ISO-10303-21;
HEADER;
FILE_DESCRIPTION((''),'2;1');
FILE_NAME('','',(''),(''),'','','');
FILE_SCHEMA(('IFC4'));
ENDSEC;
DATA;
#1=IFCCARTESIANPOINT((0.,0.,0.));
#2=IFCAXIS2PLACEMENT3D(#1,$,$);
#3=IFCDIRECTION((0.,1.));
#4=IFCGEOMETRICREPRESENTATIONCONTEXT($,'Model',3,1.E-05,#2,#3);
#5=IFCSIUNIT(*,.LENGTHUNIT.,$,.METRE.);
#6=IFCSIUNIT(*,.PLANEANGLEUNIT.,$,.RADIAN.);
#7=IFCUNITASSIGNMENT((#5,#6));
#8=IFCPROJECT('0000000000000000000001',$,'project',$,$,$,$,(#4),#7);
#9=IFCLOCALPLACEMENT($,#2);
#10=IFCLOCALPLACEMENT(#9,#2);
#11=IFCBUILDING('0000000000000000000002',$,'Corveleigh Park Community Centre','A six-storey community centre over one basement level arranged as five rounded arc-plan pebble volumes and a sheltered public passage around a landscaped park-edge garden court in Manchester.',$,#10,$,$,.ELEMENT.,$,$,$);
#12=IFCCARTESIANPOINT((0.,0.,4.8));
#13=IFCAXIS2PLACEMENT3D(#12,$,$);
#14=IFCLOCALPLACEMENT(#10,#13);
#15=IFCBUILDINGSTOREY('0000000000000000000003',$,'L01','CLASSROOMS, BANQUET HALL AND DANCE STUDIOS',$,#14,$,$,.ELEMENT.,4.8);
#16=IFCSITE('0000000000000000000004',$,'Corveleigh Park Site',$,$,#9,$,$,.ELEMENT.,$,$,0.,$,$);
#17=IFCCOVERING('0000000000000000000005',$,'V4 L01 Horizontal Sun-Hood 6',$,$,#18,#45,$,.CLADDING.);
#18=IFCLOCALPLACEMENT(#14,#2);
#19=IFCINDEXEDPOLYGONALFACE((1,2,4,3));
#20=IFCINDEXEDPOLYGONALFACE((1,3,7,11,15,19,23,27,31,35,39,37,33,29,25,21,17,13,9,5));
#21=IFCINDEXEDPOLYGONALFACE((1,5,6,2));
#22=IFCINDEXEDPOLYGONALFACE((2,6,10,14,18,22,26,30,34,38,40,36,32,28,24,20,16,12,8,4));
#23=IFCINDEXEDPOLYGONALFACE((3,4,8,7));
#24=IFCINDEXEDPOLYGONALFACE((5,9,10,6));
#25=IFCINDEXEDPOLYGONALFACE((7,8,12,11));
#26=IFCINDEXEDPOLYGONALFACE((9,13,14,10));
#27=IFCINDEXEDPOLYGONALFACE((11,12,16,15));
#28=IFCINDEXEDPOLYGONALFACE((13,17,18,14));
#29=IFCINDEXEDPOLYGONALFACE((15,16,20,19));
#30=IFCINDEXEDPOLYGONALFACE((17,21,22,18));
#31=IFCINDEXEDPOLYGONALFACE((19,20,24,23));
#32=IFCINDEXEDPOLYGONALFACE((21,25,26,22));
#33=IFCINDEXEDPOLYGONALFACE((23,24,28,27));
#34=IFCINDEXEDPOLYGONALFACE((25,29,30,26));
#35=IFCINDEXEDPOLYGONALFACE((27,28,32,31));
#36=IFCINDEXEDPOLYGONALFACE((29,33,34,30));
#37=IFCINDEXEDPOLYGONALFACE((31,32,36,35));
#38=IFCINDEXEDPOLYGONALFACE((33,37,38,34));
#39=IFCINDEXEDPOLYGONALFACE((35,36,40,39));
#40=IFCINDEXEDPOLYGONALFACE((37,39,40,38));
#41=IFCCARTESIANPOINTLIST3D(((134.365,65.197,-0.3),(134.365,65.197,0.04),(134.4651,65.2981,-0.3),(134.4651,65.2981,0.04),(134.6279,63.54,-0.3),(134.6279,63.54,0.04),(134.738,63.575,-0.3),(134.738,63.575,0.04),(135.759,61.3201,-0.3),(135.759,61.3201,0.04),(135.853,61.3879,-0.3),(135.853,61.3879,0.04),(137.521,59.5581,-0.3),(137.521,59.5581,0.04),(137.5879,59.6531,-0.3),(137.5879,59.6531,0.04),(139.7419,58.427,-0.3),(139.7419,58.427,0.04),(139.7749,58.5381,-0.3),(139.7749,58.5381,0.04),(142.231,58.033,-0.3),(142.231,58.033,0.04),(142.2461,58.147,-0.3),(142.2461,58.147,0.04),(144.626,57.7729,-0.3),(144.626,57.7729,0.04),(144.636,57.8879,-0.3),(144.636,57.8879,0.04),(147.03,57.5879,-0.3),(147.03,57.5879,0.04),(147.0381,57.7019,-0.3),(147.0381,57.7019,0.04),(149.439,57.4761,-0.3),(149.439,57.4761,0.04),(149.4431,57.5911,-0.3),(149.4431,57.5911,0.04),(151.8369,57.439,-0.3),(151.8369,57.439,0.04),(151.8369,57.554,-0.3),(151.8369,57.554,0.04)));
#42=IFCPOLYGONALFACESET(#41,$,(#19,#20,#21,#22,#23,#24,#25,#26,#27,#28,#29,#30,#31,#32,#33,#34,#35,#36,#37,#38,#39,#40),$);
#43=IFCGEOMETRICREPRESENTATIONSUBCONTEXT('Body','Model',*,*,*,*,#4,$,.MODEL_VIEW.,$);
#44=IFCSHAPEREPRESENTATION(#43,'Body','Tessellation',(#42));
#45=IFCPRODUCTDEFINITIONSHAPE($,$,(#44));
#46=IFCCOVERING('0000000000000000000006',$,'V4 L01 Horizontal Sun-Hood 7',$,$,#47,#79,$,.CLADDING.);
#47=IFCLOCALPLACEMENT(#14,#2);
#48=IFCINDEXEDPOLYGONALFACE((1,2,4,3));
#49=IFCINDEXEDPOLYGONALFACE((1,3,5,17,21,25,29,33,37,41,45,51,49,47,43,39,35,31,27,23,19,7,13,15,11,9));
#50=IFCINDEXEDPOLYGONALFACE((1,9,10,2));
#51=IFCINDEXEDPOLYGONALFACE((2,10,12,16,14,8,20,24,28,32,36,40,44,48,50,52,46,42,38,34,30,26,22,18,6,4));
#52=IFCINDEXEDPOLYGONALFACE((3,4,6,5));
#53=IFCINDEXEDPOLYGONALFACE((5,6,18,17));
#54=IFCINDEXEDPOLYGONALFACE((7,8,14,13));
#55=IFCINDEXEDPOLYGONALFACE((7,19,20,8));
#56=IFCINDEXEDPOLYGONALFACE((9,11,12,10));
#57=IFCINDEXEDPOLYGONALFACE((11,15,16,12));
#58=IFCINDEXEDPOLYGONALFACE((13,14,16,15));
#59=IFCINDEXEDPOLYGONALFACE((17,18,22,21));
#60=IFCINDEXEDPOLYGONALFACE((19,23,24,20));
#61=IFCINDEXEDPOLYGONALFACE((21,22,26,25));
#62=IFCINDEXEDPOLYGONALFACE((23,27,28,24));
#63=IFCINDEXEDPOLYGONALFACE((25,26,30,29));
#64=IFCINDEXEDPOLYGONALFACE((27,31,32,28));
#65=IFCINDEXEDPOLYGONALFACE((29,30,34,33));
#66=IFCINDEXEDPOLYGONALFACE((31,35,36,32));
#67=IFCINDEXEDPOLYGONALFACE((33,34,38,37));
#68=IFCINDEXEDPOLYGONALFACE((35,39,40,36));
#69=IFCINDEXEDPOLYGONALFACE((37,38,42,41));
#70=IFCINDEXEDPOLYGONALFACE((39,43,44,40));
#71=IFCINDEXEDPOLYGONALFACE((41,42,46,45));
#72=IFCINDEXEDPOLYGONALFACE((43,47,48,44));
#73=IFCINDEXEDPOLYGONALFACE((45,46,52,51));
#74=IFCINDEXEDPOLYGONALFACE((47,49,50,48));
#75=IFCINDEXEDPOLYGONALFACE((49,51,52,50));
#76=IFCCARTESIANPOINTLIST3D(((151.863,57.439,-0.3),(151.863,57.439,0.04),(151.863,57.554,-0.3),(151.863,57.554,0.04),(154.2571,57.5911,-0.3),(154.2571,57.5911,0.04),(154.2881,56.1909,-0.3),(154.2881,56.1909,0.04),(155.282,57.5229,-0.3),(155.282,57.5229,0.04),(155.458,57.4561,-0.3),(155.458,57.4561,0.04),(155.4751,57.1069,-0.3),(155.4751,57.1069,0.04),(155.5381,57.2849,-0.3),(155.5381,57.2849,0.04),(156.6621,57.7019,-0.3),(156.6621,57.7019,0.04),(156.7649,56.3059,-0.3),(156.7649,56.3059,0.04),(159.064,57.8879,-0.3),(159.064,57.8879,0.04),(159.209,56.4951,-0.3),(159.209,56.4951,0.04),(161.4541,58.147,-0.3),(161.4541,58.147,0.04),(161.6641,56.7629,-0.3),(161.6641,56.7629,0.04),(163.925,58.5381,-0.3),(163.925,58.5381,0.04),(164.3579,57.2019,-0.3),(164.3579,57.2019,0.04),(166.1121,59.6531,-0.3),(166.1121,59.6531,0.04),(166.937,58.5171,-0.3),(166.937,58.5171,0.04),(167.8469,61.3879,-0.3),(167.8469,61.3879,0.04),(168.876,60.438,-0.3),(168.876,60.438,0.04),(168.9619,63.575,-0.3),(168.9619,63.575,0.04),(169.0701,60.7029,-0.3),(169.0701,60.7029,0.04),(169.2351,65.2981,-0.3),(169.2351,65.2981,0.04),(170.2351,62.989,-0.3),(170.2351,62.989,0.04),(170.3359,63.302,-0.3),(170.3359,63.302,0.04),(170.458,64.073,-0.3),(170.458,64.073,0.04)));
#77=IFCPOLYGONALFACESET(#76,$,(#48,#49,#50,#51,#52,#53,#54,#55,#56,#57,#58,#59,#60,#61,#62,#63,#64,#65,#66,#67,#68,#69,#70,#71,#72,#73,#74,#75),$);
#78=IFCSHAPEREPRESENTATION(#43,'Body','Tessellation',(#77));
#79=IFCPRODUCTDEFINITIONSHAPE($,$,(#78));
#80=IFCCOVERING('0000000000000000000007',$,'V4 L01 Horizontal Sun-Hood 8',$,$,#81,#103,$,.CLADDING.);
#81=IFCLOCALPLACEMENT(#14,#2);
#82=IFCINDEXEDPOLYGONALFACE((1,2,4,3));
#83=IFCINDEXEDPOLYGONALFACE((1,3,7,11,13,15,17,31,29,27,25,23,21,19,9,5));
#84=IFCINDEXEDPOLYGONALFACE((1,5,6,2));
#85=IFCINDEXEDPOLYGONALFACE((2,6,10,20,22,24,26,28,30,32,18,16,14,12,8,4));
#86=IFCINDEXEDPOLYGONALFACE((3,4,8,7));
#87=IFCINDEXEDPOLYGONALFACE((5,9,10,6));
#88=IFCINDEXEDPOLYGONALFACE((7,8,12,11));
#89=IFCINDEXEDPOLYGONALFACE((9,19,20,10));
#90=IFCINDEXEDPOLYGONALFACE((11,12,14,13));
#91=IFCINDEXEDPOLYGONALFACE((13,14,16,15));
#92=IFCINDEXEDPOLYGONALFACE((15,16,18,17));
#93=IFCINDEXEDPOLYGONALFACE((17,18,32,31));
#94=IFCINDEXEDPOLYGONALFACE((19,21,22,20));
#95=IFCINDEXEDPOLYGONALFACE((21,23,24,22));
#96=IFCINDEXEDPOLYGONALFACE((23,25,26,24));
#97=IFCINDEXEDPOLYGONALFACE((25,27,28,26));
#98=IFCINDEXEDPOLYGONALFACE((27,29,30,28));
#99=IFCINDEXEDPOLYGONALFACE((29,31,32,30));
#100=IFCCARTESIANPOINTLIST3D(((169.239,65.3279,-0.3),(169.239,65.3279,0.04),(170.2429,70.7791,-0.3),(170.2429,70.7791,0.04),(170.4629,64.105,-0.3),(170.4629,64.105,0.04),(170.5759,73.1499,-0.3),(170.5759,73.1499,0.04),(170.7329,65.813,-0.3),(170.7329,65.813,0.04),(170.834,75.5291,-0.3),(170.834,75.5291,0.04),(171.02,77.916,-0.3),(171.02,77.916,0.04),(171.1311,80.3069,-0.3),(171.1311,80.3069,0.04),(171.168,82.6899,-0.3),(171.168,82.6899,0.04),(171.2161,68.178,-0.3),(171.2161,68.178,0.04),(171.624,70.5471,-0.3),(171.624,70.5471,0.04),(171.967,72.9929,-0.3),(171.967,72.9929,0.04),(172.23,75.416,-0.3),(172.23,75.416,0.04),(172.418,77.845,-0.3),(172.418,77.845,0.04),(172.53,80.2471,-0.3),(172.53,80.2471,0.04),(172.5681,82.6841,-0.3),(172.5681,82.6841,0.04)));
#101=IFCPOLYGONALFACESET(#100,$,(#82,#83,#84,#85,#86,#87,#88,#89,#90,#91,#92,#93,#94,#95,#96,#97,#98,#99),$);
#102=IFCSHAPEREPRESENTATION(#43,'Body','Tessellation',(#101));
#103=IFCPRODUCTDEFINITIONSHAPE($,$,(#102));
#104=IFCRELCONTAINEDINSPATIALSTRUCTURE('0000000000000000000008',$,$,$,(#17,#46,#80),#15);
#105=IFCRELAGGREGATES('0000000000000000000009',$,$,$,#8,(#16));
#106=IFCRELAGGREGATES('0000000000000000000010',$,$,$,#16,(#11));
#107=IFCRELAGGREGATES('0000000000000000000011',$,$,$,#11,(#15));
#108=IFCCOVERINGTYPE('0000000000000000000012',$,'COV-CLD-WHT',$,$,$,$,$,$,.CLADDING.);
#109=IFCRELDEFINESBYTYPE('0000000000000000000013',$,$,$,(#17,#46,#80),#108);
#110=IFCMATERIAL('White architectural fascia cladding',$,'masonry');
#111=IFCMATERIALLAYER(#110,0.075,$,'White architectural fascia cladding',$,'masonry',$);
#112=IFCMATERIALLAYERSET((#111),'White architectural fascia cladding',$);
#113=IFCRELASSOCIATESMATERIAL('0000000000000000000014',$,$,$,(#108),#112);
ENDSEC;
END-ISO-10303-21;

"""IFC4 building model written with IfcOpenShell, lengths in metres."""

from ifc_helpers import new_model, si_unit, direction, frame, origin, place, context, subcontext, project, spatial, polyline, outline, extrude, material, layer, layer_set, type_object, element, save


model = new_model("IFC4")

# Units and contexts
model_context = context("Model", 3, precision=1e-05, world=origin(), true_north=direction((0.0, 1.0)))
body_context = subcontext(model_context, "Body", "Model", "MODEL_VIEW")
ifc_project = project(units=[si_unit("LENGTHUNIT", "METRE"), si_unit("PLANEANGLEUNIT", "RADIAN")], contexts=[model_context])

# Site, building, storey
site_placement = place(None, origin())
site = spatial("IfcSite", under=ifc_project, at=site_placement, Name="Corveleigh Park Site", CompositionType="ELEMENT", RefElevation=0.0)
building_placement = place(site_placement, origin())
building = spatial("IfcBuilding", under=site, at=building_placement, Name="Corveleigh Park Community Centre", Description="A six-storey community centre over one basement level arranged as five rounded arc-plan pebble volumes and a sheltered public passage around a landscaped park-edge garden court in Manchester.", CompositionType="ELEMENT")
storey_placement = place(building_placement, frame((0.0, 0.0, 4.8)))
storey = spatial("IfcBuildingStorey", under=building, at=storey_placement, Name="L01", Description="CLASSROOMS, BANQUET HALL AND DANCE STUDIOS", CompositionType="ELEMENT", Elevation=4.8)

# Coverings
ifc_material_1 = material(Name="White architectural fascia cladding", Category="masonry")
ifc_layer_1 = layer(ifc_material_1, 0.075, Name="White architectural fascia cladding", Category="masonry")
ifc_layer_set_1 = layer_set([ifc_layer_1], Name="White architectural fascia cladding")
covering_type_1 = type_object("IfcCoveringType", Name="COV-CLD-WHT", PredefinedType="CLADDING", material=ifc_layer_set_1)
covering_1_placement = place(storey_placement, frame((0.0, 0.0, -0.3)))
element("IfcCovering", 1, at=covering_1_placement, inside=storey, type_object=covering_type_1, Name="V4 L01 Horizontal Sun-Hood 6", PredefinedType="CLADDING", context=body_context, shape_type="SweptSolid", body=[
    extrude(outline(polyline([(149.439, 57.4761), (147.03, 57.5879), (144.626, 57.7729), (142.231, 58.033), (139.7419, 58.427), (137.521, 59.5581), (135.759, 61.3201), (134.6279, 63.54), (134.365, 65.197), (134.4651, 65.2981), (134.738, 63.575), (135.853, 61.3879), (137.5879, 59.6531), (139.7749, 58.5381), (142.2461, 58.147), (144.636, 57.8879), (147.0381, 57.7019), (149.4431, 57.5911), (151.8369, 57.554), (151.8369, 57.439), (149.439, 57.4761)])), origin(), (0.0, 0.0, 1.0), 0.3401),
])
covering_2_placement = place(storey_placement, frame((0.0, 0.0, -0.3)))
element("IfcCovering", 2, at=covering_2_placement, inside=storey, type_object=covering_type_1, Name="V4 L01 Horizontal Sun-Hood 7", PredefinedType="CLADDING", context=body_context, shape_type="SweptSolid", body=[
    extrude(outline(polyline([(170.3359, 63.302), (170.2351, 62.989), (169.0701, 60.7029), (168.876, 60.438), (166.937, 58.5171), (164.3579, 57.2019), (161.6641, 56.7629), (159.209, 56.4951), (156.7649, 56.3059), (154.2881, 56.1909), (155.4751, 57.1069), (155.5381, 57.2849), (155.458, 57.4561), (155.282, 57.5229), (151.863, 57.439), (151.863, 57.554), (154.2571, 57.5911), (156.6621, 57.7019), (159.064, 57.8879), (161.4541, 58.147), (163.925, 58.5381), (166.1121, 59.6531), (167.8469, 61.3879), (168.9619, 63.575), (169.2351, 65.2981), (170.458, 64.073), (170.3359, 63.302)])), origin(), (0.0, 0.0, 1.0), 0.3401),
])
covering_3_placement = place(storey_placement, frame((0.0, 0.0, -0.3)))
element("IfcCovering", 3, at=covering_3_placement, inside=storey, type_object=covering_type_1, Name="V4 L01 Horizontal Sun-Hood 8", PredefinedType="CLADDING", context=body_context, shape_type="SweptSolid", body=[
    extrude(outline(polyline([(172.5681, 82.6841), (172.53, 80.2471), (172.418, 77.845), (172.23, 75.416), (171.967, 72.9929), (171.624, 70.5471), (171.2161, 68.178), (170.7329, 65.813), (170.4629, 64.105), (169.239, 65.3279), (170.2429, 70.7791), (170.5759, 73.1499), (170.834, 75.5291), (171.02, 77.916), (171.1311, 80.3069), (171.168, 82.6899), (172.5681, 82.6841)])), origin(), (0.0, 0.0, 1.0), 0.3401),
])

save(model, "model.ifc")
